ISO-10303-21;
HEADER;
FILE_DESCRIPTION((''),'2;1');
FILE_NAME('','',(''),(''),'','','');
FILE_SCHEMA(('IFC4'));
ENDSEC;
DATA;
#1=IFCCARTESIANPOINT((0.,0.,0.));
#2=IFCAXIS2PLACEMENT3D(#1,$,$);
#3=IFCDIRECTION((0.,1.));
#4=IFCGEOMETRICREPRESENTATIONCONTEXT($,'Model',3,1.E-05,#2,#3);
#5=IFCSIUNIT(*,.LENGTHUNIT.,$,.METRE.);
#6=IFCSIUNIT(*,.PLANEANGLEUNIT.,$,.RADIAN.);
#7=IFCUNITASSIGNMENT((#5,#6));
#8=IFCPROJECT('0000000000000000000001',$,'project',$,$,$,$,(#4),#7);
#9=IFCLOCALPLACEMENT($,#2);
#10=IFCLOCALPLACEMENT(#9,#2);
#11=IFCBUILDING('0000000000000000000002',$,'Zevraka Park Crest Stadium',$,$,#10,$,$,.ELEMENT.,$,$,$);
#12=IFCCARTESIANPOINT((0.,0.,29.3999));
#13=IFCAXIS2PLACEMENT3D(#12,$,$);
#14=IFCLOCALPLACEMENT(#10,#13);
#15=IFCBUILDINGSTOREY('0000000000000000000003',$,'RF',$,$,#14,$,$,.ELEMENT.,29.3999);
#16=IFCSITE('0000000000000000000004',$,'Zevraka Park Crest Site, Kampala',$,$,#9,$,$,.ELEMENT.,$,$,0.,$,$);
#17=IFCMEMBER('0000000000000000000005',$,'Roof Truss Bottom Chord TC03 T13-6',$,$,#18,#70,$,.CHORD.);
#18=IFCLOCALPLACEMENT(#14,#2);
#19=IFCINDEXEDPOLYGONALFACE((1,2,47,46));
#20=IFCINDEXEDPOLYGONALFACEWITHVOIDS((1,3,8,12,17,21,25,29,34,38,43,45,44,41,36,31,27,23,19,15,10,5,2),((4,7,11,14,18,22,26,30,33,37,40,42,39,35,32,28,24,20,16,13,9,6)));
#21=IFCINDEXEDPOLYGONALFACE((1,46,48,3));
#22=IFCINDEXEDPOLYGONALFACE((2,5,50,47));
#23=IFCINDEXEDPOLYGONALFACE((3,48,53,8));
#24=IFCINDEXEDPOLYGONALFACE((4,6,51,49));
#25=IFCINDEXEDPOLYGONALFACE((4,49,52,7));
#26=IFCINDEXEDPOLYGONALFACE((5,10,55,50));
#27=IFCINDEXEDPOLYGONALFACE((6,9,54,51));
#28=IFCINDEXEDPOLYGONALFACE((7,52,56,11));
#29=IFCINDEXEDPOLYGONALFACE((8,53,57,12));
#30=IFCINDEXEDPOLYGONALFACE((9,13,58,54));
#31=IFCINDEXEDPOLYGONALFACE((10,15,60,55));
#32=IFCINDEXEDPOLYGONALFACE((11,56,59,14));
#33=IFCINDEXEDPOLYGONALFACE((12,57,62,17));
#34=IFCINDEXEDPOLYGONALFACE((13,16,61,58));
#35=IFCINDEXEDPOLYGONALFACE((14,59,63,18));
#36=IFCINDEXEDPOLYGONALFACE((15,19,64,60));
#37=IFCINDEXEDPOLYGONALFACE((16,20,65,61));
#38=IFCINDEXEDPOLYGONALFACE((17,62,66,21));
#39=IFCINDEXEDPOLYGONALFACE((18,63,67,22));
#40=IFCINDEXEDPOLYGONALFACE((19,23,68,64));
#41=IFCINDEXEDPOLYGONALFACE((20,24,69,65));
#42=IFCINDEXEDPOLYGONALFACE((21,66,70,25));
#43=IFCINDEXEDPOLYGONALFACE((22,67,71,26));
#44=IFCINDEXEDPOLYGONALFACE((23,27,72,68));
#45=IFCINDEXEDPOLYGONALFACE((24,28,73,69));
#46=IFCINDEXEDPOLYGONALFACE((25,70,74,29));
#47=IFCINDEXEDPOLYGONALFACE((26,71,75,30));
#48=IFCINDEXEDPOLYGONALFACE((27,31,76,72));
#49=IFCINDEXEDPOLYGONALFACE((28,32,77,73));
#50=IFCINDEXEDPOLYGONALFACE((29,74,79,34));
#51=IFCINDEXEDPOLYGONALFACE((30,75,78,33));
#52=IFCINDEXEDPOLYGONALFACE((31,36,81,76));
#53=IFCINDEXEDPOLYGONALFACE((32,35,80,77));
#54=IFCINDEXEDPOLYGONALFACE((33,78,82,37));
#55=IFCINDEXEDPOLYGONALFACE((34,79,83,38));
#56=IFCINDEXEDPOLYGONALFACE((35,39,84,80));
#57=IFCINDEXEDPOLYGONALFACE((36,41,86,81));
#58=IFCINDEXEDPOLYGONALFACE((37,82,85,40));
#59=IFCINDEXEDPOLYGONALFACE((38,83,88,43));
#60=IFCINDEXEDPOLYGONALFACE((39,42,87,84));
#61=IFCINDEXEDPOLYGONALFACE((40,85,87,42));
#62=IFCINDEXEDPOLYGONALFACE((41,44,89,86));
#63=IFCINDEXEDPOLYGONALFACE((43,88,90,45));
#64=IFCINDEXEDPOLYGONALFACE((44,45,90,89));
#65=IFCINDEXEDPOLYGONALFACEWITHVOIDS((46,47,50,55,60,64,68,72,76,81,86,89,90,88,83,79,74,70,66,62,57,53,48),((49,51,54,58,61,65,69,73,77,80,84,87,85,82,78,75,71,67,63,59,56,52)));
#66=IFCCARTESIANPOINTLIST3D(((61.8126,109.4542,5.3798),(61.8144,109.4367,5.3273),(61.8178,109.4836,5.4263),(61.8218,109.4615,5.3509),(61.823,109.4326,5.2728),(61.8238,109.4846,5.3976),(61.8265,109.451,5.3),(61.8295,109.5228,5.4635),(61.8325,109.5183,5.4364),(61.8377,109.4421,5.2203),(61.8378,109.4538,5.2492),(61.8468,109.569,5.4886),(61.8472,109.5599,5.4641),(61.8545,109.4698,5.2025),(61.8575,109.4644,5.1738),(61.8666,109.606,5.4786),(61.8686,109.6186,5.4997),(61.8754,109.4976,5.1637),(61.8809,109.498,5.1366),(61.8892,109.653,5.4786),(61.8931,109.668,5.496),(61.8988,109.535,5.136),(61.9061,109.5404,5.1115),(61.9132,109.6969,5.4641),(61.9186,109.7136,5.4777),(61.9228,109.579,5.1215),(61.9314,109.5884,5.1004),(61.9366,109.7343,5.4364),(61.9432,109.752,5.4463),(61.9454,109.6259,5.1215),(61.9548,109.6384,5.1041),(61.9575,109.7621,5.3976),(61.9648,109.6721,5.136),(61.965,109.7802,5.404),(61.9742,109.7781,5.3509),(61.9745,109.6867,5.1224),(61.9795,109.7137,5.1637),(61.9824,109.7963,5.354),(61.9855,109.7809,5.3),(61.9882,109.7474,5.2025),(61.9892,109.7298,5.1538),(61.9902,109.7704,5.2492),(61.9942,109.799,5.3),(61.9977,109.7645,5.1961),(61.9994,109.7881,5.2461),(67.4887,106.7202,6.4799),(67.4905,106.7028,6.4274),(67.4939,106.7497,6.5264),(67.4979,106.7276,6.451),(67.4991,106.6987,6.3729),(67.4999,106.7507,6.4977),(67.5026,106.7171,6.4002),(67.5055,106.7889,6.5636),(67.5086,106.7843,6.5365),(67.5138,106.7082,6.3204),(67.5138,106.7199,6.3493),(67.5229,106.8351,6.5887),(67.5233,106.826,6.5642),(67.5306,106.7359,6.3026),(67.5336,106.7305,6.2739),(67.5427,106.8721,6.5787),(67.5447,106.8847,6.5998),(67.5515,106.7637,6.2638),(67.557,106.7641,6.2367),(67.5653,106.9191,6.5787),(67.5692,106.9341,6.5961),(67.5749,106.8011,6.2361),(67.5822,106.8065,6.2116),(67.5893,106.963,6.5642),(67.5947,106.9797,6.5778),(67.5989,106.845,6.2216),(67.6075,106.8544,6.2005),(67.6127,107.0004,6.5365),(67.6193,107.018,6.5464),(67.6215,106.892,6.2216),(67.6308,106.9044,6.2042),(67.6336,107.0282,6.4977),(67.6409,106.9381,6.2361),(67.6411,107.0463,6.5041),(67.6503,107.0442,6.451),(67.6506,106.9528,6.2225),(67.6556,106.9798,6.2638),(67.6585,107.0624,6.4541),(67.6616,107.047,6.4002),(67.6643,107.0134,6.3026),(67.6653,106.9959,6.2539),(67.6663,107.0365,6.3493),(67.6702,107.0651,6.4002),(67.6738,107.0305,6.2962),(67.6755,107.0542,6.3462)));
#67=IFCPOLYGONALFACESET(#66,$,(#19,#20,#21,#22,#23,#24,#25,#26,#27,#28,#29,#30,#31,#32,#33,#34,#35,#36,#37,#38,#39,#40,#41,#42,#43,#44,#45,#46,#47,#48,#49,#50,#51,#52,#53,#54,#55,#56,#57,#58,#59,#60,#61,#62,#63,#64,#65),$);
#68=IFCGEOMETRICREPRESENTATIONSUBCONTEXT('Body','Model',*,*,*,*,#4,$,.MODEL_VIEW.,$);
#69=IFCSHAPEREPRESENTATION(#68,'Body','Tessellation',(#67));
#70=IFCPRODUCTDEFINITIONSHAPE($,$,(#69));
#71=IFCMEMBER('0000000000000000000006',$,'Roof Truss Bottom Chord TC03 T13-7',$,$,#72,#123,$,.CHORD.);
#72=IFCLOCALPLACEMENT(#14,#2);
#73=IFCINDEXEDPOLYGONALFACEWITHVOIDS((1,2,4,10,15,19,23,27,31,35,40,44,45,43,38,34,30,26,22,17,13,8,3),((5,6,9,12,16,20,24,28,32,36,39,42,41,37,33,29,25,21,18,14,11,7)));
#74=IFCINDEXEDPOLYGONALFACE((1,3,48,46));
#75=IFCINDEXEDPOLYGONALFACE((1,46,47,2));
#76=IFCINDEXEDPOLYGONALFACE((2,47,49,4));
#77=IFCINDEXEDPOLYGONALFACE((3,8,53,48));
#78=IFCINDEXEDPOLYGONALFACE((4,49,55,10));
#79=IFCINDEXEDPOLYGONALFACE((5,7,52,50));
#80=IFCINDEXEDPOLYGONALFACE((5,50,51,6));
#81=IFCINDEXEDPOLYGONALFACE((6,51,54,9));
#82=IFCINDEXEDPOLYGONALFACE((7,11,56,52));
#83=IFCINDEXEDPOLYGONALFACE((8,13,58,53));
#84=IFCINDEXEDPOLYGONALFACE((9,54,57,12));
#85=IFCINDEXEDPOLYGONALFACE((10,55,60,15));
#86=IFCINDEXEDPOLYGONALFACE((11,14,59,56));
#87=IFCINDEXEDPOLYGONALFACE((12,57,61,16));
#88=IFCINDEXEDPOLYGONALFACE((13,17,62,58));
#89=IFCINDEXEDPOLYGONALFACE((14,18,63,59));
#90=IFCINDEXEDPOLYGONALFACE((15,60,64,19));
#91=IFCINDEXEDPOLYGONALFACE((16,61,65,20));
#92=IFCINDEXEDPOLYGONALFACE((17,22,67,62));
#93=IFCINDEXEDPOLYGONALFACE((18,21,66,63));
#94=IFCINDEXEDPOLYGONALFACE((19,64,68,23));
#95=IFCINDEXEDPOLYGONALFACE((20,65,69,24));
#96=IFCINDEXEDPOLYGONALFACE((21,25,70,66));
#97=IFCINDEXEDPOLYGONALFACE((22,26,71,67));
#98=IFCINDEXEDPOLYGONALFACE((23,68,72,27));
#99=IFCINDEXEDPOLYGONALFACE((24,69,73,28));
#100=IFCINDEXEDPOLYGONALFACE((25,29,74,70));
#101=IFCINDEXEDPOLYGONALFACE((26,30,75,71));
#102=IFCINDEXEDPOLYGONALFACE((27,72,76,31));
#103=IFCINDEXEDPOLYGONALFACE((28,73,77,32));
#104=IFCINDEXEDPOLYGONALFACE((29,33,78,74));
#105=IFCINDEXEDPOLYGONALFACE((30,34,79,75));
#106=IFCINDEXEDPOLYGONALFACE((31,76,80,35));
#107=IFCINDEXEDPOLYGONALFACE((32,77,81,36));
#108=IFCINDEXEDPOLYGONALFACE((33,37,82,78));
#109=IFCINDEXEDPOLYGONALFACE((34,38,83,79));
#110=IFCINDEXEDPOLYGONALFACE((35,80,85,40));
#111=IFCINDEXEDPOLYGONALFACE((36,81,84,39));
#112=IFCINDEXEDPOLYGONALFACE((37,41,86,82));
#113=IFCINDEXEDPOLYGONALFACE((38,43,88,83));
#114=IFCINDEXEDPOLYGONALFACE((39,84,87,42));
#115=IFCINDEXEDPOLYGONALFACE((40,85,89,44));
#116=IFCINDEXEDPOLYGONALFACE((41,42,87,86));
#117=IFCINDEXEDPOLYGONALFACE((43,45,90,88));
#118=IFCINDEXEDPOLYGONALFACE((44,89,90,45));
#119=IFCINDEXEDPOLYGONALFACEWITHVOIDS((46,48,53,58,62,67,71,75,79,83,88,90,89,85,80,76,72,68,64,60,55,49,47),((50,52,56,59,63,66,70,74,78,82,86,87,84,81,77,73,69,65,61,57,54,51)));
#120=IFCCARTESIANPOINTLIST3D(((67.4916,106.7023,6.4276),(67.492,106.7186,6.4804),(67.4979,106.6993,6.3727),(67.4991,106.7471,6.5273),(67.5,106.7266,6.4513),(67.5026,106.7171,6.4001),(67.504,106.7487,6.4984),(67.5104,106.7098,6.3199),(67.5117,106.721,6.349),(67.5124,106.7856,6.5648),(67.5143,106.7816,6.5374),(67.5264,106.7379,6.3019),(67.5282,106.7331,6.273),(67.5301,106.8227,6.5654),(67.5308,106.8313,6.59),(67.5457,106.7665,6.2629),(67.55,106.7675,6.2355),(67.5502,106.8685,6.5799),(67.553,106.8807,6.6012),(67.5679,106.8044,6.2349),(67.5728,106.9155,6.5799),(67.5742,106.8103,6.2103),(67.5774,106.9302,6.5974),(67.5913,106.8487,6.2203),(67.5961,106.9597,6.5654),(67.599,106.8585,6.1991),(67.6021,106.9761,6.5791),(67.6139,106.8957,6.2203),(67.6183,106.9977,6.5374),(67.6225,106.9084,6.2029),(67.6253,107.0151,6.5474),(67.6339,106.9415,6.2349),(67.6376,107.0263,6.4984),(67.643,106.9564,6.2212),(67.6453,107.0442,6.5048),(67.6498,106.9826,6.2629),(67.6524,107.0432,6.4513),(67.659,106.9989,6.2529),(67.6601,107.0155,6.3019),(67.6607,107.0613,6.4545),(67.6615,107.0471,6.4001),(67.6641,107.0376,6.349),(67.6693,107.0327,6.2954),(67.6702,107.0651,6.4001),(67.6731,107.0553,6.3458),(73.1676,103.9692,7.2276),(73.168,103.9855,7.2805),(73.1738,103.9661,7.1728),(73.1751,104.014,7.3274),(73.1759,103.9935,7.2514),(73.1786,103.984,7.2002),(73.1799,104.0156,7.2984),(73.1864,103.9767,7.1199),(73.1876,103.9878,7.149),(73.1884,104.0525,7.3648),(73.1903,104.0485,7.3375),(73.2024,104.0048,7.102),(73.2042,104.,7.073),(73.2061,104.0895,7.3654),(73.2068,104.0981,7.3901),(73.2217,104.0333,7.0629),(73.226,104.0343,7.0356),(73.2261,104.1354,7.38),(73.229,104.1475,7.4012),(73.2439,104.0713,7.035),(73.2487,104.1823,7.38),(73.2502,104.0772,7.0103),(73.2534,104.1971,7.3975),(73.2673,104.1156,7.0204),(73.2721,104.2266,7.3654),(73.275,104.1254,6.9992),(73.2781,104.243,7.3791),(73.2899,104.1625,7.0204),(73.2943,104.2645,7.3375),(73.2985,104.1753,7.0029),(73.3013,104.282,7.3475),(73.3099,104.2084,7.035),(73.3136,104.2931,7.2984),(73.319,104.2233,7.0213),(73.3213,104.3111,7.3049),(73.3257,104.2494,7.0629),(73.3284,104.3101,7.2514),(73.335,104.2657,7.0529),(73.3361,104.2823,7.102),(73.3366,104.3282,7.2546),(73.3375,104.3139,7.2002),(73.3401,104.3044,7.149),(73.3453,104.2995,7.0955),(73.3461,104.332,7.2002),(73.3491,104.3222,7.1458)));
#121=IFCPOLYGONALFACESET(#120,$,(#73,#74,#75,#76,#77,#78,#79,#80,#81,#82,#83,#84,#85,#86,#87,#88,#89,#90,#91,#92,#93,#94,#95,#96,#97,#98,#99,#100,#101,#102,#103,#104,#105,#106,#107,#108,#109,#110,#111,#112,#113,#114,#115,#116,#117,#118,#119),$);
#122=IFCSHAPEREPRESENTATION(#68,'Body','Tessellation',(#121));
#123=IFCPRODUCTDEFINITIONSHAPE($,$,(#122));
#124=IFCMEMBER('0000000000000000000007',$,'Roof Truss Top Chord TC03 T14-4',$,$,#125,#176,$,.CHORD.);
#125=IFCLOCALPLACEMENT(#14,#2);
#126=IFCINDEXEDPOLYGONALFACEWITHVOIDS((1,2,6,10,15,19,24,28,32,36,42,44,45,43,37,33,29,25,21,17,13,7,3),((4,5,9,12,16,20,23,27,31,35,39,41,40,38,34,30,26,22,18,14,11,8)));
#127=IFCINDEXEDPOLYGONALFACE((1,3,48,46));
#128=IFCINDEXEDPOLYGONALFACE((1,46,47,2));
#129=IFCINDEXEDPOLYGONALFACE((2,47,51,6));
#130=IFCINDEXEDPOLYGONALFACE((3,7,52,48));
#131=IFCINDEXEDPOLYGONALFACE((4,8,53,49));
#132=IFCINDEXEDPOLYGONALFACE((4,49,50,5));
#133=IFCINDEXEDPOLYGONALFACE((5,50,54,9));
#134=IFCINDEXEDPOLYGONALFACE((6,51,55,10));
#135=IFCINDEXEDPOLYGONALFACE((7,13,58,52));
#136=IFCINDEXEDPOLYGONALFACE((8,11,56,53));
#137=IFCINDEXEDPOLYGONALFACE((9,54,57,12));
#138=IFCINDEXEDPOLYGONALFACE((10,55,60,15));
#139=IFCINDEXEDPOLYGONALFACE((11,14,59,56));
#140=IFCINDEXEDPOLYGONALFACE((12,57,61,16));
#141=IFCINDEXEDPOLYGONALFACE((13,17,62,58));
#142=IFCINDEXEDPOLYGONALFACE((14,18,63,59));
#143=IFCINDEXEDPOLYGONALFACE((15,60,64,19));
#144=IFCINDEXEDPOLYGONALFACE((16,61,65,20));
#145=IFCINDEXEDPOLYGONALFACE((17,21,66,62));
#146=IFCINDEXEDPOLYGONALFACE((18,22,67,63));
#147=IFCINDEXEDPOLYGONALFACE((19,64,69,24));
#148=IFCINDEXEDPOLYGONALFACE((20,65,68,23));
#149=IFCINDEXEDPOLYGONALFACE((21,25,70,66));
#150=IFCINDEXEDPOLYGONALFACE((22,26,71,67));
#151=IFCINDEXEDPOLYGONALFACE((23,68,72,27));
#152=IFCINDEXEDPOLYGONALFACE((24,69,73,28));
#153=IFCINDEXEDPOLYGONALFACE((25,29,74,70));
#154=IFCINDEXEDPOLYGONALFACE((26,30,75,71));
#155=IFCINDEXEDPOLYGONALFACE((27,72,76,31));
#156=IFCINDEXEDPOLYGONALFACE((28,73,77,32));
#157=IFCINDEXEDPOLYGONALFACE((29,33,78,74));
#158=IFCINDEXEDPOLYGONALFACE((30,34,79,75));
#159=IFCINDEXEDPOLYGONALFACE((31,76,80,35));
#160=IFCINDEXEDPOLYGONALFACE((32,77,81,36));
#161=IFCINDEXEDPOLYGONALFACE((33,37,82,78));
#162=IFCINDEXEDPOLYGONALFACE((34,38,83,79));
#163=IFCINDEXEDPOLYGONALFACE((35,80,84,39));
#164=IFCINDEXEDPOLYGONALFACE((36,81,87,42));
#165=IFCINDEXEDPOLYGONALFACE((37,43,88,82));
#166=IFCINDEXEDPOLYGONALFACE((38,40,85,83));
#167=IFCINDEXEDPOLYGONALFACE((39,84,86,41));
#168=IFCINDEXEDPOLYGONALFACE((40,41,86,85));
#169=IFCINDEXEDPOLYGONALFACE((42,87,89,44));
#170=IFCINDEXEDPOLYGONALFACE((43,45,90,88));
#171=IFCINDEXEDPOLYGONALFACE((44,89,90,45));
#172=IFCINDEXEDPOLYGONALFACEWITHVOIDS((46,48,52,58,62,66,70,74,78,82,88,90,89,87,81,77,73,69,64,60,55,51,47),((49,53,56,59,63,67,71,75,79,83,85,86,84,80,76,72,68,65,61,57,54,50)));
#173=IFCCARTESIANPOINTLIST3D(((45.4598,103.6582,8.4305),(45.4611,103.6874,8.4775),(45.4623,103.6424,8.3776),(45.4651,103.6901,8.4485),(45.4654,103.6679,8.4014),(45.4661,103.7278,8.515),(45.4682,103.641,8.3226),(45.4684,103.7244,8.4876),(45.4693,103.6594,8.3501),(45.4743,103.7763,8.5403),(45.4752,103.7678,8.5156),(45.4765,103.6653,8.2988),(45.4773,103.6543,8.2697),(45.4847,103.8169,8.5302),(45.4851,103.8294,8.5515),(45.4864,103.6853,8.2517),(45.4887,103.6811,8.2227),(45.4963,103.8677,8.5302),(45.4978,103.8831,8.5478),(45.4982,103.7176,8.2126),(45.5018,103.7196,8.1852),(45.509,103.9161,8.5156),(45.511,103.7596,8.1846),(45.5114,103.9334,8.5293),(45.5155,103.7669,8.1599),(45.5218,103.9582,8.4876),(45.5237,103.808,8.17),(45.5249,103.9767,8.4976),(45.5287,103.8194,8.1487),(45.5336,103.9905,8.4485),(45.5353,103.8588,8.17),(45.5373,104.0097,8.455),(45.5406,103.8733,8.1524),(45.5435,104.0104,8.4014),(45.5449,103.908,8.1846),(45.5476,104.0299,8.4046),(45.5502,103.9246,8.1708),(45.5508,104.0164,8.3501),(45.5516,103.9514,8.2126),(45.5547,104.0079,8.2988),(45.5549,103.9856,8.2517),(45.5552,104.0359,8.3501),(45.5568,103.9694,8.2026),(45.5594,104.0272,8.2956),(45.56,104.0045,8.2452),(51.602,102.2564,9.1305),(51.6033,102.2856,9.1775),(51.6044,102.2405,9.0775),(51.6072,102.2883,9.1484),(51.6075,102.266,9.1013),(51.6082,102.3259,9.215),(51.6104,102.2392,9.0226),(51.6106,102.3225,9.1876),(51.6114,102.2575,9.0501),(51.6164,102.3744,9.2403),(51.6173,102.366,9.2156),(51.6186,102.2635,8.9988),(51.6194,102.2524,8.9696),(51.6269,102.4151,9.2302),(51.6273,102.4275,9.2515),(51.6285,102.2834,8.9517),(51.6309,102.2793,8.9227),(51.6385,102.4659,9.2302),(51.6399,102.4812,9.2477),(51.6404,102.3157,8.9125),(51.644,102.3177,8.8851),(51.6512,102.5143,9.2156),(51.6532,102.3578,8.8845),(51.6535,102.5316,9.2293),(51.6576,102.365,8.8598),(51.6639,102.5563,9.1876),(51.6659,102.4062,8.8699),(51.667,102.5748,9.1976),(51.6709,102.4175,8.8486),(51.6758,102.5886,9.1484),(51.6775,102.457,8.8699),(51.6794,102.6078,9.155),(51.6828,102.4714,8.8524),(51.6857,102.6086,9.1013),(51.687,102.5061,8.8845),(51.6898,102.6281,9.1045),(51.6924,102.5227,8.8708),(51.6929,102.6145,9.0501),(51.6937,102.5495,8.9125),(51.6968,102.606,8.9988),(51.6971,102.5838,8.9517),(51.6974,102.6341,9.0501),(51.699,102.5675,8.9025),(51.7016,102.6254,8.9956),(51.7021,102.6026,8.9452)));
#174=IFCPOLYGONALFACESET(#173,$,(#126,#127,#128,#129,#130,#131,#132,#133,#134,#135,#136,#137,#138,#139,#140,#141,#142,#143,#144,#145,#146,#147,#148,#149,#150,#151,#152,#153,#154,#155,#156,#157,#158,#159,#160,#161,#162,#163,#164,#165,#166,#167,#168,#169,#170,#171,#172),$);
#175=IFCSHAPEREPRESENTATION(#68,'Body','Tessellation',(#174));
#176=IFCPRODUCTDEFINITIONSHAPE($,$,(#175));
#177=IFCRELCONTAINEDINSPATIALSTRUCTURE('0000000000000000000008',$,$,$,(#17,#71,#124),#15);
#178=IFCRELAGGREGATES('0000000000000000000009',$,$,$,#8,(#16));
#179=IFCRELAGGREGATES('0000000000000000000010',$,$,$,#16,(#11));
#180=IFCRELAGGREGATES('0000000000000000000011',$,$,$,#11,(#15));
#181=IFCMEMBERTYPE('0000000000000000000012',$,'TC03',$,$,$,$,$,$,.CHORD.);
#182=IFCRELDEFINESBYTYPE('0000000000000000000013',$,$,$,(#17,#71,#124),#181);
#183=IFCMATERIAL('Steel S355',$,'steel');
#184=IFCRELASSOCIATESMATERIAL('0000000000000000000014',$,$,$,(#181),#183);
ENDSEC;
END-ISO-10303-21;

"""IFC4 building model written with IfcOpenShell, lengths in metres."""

from ifc_helpers import new_model, si_unit, direction, frame, origin, origin_2d, place, context, subcontext, project, spatial, hollow_circle, extrude, material, material_profile, profile_set, type_object, element, save


model = new_model("IFC4")

# Units and contexts
model_context = context("Model", 3, precision=1e-05, world=origin(), true_north=direction((0.0, 1.0)))
body_context = subcontext(model_context, "Body", "Model", "MODEL_VIEW")
ifc_project = project(units=[si_unit("LENGTHUNIT", "METRE"), si_unit("PLANEANGLEUNIT", "RADIAN")], contexts=[model_context])

# Site, building, storey
site_placement = place(None, origin())
site = spatial("IfcSite", under=ifc_project, at=site_placement, Name="Zevraka Park Crest Site, Kampala", CompositionType="ELEMENT", RefElevation=0.0)
building_placement = place(site_placement, origin())
building = spatial("IfcBuilding", under=site, at=building_placement, Name="Zevraka Park Crest Stadium", CompositionType="ELEMENT")
storey_placement = place(building_placement, frame((0.0, 0.0, 29.3999)))
storey = spatial("IfcBuildingStorey", under=building, at=storey_placement, Name="RF", CompositionType="ELEMENT", Elevation=29.3999)

# Members
ifc_material_1 = material(Name="Steel S355", Category="steel")
ifc_material_profile_1 = material_profile(ifc_material_1, hollow_circle(Radius=0.2031, WallThickness=0.02, at=origin_2d()), Name="CHS 406.4x20")
ifc_profile_set_1 = profile_set([ifc_material_profile_1], Name="Steel S355")
member_type_1 = type_object("IfcMemberType", Name="TC03", PredefinedType="CHORD", material=ifc_profile_set_1)
member_1_placement = place(storey_placement, frame((61.906, 109.616, 5.3), z_axis=(0.887512, -0.427475, 0.172013), x_axis=(0.433943, 0.900941, 0.0)))
element("IfcMember", 1, at=member_1_placement, inside=storey, type_object=member_type_1, Name="Roof Truss Bottom Chord TC03 T13-6", PredefinedType="CHORD", context=body_context, shape_type="SweptSolid", body=[
    extrude(hollow_circle(Radius=0.2031, WallThickness=0.02, at=origin_2d()), origin(), (0.0, 0.0, 1.0), 6.3955),
])
member_2_placement = place(storey_placement, frame((67.582, 106.8821, 6.4001), z_axis=(0.893807, -0.430391, 0.125984), x_axis=(0.433848, 0.900986, 0.0)))
element("IfcMember", 2, at=member_2_placement, inside=storey, type_object=member_type_1, Name="Roof Truss Bottom Chord TC03 T13-7", PredefinedType="CHORD", context=body_context, shape_type="SweptSolid", body=[
    extrude(hollow_circle(Radius=0.2031, WallThickness=0.02, at=origin_2d()), origin(), (0.0, 0.0, 1.0), 6.3503),
])
member_3_placement = place(storey_placement, frame((45.51, 103.8379, 8.3501), z_axis=(0.968967, -0.221155, 0.110423), x_axis=(0.222515, 0.974929, 0.0)))
element("IfcMember", 3, at=member_3_placement, inside=storey, type_object=member_type_1, Name="Roof Truss Top Chord TC03 T14-4", PredefinedType="CHORD", context=body_context, shape_type="SweptSolid", body=[
    extrude(hollow_circle(Radius=0.2031, WallThickness=0.02, at=origin_2d()), origin(), (0.0, 0.0, 1.0), 6.3389),
])

save(model, "model.ifc")
